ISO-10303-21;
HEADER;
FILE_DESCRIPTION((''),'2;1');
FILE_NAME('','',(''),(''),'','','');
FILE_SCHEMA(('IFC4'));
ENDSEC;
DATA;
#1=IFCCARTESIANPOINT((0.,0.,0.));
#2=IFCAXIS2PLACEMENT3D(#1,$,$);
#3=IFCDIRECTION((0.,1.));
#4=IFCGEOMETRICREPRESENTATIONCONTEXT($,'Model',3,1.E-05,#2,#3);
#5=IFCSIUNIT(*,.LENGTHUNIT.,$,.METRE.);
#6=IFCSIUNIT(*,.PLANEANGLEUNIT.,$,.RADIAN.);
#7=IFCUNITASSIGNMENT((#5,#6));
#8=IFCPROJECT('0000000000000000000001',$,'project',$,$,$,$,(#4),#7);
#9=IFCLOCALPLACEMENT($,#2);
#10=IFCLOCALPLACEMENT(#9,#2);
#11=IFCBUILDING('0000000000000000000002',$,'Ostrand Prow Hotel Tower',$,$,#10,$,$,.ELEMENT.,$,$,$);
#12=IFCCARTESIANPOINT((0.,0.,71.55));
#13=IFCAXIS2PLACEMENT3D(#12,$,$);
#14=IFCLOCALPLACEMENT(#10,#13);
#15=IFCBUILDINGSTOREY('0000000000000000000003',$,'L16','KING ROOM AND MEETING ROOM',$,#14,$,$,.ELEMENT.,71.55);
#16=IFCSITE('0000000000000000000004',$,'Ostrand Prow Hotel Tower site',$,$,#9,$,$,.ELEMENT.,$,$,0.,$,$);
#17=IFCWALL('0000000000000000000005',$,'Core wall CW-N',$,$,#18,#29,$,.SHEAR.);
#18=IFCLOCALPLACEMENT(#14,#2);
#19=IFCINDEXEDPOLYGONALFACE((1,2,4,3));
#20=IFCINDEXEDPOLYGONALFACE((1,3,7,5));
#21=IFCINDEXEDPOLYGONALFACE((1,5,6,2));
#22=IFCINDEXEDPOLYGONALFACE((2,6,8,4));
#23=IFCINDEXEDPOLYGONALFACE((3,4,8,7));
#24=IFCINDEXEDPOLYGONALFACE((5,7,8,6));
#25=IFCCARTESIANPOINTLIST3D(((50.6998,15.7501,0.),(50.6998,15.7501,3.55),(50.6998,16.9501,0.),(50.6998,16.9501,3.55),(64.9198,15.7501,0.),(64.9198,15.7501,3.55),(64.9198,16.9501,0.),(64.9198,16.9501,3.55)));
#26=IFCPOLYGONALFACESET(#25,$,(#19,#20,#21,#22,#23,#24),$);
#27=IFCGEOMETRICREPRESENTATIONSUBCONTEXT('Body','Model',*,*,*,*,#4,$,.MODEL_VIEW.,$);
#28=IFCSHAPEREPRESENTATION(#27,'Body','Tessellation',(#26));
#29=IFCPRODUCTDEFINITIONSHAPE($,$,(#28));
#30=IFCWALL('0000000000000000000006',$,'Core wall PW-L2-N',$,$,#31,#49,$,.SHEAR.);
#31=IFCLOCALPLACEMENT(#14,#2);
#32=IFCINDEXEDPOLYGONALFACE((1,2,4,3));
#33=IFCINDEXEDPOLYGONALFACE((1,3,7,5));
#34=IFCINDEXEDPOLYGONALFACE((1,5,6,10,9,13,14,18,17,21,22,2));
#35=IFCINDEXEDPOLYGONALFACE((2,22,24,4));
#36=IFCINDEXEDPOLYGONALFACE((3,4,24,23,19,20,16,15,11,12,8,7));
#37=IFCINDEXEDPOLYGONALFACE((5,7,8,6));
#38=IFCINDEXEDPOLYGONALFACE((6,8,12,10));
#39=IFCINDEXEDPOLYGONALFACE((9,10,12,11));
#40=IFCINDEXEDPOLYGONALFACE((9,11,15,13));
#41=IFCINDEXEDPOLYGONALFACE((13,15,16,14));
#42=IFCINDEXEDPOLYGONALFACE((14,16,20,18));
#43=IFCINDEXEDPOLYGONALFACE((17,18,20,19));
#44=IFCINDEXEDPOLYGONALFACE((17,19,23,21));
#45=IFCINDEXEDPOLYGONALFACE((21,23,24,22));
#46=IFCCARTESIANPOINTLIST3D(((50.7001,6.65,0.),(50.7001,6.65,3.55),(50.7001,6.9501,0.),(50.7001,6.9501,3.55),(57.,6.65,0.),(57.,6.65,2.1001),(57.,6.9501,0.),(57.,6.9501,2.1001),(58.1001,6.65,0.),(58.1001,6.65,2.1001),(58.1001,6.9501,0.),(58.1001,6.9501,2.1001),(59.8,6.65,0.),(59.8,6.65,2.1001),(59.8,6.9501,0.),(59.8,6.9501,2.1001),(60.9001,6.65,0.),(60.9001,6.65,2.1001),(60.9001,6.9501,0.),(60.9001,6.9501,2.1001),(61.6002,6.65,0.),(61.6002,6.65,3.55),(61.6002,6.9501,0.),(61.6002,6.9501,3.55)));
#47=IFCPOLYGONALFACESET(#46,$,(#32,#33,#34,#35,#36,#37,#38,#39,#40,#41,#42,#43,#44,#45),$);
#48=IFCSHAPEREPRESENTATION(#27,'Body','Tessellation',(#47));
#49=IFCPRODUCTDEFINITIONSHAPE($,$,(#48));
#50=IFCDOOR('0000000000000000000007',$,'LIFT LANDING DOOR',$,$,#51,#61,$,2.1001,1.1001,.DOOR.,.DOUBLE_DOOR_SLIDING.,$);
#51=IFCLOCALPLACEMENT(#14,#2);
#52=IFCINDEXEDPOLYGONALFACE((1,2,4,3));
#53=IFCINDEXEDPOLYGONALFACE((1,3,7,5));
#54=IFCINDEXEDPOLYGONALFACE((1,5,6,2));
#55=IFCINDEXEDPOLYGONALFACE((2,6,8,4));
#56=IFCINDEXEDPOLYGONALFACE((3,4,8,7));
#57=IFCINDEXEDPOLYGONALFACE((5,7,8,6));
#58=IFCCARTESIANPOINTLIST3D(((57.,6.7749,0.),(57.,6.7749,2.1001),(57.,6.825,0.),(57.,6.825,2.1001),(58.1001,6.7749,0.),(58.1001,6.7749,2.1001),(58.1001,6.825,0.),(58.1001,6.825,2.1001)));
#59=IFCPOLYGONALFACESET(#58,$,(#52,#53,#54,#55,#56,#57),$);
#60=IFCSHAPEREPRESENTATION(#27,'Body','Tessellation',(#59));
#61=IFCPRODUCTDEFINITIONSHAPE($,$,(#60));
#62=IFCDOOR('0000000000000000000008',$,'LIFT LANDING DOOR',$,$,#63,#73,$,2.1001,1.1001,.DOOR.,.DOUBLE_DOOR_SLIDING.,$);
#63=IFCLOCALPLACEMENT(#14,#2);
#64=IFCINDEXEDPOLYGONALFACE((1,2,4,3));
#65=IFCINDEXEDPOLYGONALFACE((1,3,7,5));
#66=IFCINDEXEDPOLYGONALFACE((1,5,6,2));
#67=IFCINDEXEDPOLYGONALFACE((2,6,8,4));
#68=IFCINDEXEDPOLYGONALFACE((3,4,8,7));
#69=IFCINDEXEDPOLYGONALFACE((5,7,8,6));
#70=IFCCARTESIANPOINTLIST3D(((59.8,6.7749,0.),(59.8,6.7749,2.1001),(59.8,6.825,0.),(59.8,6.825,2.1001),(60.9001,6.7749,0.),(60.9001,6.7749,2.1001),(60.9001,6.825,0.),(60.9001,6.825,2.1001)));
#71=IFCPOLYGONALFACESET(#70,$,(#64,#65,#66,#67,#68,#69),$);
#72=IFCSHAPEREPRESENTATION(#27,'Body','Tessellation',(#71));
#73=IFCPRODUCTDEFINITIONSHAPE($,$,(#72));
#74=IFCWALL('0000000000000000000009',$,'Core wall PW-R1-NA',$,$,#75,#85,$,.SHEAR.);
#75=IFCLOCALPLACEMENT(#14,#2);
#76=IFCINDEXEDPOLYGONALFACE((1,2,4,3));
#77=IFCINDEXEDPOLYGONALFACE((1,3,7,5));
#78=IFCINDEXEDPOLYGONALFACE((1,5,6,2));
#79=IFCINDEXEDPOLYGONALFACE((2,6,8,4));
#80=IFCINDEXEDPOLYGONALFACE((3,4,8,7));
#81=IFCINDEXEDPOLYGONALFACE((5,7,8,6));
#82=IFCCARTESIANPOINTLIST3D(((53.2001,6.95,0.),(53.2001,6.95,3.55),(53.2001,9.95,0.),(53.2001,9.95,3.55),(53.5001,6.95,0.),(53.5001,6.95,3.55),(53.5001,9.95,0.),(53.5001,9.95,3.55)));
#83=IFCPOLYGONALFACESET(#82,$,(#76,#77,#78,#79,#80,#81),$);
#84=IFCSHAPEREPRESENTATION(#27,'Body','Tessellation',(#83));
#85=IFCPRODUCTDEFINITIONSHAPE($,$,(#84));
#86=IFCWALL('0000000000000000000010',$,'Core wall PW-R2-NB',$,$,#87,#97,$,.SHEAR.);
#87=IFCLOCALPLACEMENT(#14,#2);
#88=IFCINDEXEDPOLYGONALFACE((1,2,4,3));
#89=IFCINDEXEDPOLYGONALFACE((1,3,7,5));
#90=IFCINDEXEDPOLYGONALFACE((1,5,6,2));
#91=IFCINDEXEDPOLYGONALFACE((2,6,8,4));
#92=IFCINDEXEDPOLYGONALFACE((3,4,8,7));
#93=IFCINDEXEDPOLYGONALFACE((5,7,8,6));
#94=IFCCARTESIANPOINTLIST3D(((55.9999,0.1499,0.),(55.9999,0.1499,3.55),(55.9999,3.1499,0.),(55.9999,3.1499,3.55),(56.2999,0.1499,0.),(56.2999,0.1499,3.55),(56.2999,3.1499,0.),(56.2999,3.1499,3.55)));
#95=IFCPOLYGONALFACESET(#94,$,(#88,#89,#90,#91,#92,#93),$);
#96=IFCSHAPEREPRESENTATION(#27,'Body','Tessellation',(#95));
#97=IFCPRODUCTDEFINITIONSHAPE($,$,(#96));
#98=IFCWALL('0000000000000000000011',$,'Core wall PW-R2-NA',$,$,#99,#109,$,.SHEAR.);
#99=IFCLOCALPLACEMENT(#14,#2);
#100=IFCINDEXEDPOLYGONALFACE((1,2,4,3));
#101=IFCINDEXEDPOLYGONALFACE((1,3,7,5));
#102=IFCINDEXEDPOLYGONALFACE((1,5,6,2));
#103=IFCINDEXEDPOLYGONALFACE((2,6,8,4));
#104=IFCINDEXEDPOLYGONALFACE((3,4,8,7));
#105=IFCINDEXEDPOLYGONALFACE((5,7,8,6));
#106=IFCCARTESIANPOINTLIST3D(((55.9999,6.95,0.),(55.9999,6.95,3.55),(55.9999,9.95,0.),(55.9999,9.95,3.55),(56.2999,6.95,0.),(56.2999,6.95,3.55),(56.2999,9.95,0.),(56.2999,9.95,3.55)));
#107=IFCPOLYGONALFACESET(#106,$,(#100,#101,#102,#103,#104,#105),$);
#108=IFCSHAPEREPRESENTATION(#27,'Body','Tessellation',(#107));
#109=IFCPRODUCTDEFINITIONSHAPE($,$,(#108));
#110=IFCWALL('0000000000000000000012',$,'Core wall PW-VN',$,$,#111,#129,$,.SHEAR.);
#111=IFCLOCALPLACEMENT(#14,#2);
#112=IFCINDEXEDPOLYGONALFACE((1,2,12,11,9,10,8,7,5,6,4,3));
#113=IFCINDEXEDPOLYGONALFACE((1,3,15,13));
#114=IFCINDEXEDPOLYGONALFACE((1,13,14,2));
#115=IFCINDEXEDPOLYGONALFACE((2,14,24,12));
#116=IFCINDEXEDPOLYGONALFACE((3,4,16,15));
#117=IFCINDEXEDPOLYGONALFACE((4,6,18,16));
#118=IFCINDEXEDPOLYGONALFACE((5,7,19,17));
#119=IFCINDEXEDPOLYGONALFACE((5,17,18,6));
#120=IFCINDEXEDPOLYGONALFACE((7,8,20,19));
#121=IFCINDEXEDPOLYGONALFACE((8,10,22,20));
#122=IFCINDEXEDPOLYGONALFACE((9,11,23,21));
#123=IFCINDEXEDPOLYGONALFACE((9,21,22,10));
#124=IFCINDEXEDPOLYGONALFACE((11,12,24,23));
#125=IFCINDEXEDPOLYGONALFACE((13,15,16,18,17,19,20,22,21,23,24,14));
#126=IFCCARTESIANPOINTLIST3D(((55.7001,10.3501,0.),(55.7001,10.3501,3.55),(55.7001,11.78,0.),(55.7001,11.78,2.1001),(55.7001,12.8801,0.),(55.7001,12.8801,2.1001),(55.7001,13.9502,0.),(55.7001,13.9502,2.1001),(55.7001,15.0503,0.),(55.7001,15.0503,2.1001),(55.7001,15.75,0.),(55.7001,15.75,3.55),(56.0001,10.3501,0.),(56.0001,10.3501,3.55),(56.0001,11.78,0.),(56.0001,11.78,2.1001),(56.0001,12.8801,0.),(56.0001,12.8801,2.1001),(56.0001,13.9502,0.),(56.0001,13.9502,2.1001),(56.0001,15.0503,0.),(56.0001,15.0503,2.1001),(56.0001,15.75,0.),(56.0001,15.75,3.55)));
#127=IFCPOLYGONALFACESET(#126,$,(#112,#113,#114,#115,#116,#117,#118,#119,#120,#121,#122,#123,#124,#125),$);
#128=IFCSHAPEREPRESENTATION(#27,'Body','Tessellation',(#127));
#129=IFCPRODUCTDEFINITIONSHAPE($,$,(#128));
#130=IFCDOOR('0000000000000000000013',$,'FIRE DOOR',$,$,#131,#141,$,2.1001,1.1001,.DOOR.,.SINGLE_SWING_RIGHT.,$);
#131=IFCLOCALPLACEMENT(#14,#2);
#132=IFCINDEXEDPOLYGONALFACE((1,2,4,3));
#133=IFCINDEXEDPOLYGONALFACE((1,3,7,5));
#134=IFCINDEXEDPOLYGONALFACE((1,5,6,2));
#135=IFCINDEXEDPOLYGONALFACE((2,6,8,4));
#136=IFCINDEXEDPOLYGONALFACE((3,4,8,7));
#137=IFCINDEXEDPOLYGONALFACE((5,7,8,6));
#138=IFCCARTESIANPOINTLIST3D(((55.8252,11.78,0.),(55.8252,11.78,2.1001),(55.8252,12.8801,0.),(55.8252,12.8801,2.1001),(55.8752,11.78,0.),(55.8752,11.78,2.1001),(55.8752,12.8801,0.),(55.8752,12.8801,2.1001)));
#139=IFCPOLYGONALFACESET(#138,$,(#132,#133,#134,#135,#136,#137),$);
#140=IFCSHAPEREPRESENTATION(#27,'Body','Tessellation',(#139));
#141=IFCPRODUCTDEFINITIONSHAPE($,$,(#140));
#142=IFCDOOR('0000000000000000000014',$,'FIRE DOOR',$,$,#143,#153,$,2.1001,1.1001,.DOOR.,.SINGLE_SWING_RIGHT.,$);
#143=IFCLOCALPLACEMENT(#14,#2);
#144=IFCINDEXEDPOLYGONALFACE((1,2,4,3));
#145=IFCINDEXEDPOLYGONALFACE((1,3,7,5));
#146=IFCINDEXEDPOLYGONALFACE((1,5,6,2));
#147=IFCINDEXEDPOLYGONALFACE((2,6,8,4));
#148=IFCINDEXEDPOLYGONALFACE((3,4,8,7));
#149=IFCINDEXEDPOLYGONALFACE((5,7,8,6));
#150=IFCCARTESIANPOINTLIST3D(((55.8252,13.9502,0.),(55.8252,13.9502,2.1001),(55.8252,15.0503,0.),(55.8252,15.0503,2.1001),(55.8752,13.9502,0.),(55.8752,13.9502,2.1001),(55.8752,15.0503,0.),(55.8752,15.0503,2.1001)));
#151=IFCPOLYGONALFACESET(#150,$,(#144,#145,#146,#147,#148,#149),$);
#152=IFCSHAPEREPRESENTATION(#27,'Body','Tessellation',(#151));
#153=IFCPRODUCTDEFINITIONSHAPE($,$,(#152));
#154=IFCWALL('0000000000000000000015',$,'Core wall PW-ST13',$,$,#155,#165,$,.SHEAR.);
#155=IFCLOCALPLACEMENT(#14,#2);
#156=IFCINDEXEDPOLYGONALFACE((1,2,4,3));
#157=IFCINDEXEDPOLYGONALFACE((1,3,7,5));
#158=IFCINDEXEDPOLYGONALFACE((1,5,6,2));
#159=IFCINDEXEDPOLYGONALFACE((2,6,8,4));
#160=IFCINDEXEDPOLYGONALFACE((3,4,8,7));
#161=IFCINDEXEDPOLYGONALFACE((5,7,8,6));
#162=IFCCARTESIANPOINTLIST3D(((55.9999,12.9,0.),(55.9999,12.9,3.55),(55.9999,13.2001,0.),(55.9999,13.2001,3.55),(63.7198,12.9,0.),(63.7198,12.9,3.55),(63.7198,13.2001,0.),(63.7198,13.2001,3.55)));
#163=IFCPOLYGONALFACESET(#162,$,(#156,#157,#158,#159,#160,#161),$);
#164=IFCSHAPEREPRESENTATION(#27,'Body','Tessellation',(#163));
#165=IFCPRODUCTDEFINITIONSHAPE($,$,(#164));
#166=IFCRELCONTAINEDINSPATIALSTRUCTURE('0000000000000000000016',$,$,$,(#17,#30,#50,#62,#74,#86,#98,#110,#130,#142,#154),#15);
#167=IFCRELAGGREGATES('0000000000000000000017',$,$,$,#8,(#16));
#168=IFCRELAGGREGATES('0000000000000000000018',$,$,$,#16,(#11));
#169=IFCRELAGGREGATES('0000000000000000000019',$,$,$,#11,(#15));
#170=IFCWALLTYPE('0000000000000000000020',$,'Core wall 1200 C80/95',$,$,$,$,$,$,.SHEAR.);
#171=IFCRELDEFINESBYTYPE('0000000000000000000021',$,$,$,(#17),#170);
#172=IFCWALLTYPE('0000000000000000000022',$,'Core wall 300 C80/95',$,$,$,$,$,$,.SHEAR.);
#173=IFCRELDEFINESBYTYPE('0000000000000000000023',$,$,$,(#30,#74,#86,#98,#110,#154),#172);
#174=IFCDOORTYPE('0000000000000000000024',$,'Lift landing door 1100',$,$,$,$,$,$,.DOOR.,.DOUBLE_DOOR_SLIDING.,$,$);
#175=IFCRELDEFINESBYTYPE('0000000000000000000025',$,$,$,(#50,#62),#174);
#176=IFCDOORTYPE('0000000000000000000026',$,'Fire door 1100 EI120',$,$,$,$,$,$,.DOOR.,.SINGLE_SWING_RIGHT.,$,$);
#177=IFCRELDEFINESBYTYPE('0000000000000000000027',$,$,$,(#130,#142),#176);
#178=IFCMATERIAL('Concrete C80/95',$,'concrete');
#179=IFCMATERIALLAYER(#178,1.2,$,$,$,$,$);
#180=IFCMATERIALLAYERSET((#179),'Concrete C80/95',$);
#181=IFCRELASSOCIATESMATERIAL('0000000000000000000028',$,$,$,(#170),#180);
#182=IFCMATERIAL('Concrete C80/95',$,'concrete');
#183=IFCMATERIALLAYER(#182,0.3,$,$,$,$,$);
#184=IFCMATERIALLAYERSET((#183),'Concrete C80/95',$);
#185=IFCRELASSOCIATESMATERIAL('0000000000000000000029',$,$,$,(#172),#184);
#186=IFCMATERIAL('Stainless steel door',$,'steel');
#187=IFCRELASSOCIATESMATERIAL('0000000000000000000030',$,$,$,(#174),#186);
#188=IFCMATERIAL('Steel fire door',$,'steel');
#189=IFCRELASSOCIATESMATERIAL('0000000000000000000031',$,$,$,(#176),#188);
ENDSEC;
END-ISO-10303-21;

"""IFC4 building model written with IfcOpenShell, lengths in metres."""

from ifc_helpers import new_model, si_unit, direction, frame, frame_2d, origin, place, context, subcontext, project, spatial, rectangle, extrude, material, layer, layer_set, type_object, element, fill, save


model = new_model("IFC4")

# Units and contexts
model_context = context("Model", 3, precision=1e-05, world=origin(), true_north=direction((0.0, 1.0)))
body_context = subcontext(model_context, "Body", "Model", "MODEL_VIEW")
ifc_project = project(units=[si_unit("LENGTHUNIT", "METRE"), si_unit("PLANEANGLEUNIT", "RADIAN")], contexts=[model_context])

# Site, building, storey
site_placement = place(None, origin())
site = spatial("IfcSite", under=ifc_project, at=site_placement, Name="Ostrand Prow Hotel Tower site", CompositionType="ELEMENT", RefElevation=0.0)
building_placement = place(site_placement, origin())
building = spatial("IfcBuilding", under=site, at=building_placement, Name="Ostrand Prow Hotel Tower", CompositionType="ELEMENT")
storey_placement = place(building_placement, frame((0.0, 0.0, 71.55)))
storey = spatial("IfcBuildingStorey", under=building, at=storey_placement, Name="L16", Description="KING ROOM AND MEETING ROOM", CompositionType="ELEMENT", Elevation=71.55)

# Wall
ifc_material_1 = material(Name="Concrete C80/95", Category="concrete")
ifc_layer_1 = layer(ifc_material_1, 1.2)
ifc_layer_set_1 = layer_set([ifc_layer_1], Name="Concrete C80/95")
wall_type_1 = type_object("IfcWallType", Name="Core wall 1200 C80/95", PredefinedType="SHEAR", material=ifc_layer_set_1)
wall_1_placement = place(storey_placement, frame((50.7, 16.3501, 0.0), z_axis=(0.0, 0.0, 1.0), x_axis=(1.0, 0.0, 0.0)))
element("IfcWall", 1, at=wall_1_placement, inside=storey, type_object=wall_type_1, Name="Core wall CW-N", PredefinedType="SHEAR", context=body_context, shape_type="SweptSolid", body=[
    extrude(rectangle(XDim=14.22, YDim=1.2, at=frame_2d((7.1099, 0.0))), origin(), (0.0, 0.0, 1.0), 3.55),
])

# Wall, openings, doors
ifc_material_2 = material(Name="Concrete C80/95", Category="concrete")
ifc_layer_2 = layer(ifc_material_2, 0.3)
ifc_layer_set_2 = layer_set([ifc_layer_2], Name="Concrete C80/95")
wall_type_2 = type_object("IfcWallType", Name="Core wall 300 C80/95", PredefinedType="SHEAR", material=ifc_layer_set_2)
wall_2_placement = place(storey_placement, frame((50.7, 6.8, 0.0), z_axis=(0.0, 0.0, 1.0), x_axis=(1.0, 0.0, 0.0)))
wall_2 = element("IfcWall", 2, at=wall_2_placement, inside=storey, type_object=wall_type_2, Name="Core wall PW-L2-N", PredefinedType="SHEAR", context=body_context, shape_type="SweptSolid", body=[
    extrude(rectangle(XDim=10.9001, YDim=0.3, at=frame_2d((5.4502, 0.0))), origin(), (0.0, 0.0, 1.0), 3.55),
])
opening_1_placement = place(wall_2_placement, frame((6.3, 0.0, 0.0)))
opening_1 = element("IfcOpeningElement", 3, at=opening_1_placement, cuts=wall_2, PredefinedType="OPENING", context=body_context, shape_type="SweptSolid", body=[
    extrude(rectangle(XDim=1.1001, YDim=2.1001, at=frame_2d((0.55, 1.05))), frame((0.0, 0.1599, 0.0), z_axis=(0.0, -1.0, 0.0), x_axis=(1.0, 0.0, 0.0)), (0.0, 0.0, 1.0), 0.3201),
])
opening_2_placement = place(wall_2_placement, frame((9.1001, 0.0, 0.0)))
opening_2 = element("IfcOpeningElement", 4, at=opening_2_placement, cuts=wall_2, PredefinedType="OPENING", context=body_context, shape_type="SweptSolid", body=[
    extrude(rectangle(XDim=1.1001, YDim=2.1001, at=frame_2d((0.55, 1.05))), frame((0.0, 0.1599, 0.0), z_axis=(0.0, -1.0, 0.0), x_axis=(1.0, 0.0, 0.0)), (0.0, 0.0, 1.0), 0.3201),
])
ifc_material_3 = material(Name="Stainless steel door", Category="steel")
door_type_1 = type_object("IfcDoorType", Name="Lift landing door 1100", OperationType="DOUBLE_DOOR_SLIDING", PredefinedType="DOOR", material=ifc_material_3)
door_1_placement = place(opening_1_placement, origin())
door_1 = element("IfcDoor", 5, at=door_1_placement, inside=storey, type_object=door_type_1, Name="LIFT LANDING DOOR", OperationType="DOUBLE_DOOR_SLIDING", OverallHeight=2.1001, OverallWidth=1.1001, PredefinedType="DOOR", context=body_context, shape_type="SweptSolid", body=[
    extrude(rectangle(XDim=1.1001, YDim=2.1001, at=frame_2d((0.55, 1.05))), frame((0.0, 0.0249, 0.0), z_axis=(0.0, -1.0, 0.0), x_axis=(1.0, 0.0, 0.0)), (0.0, 0.0, 1.0), 0.05),
])
fill(opening_1, door_1)
door_2_placement = place(opening_2_placement, origin())
door_2 = element("IfcDoor", 6, at=door_2_placement, inside=storey, type_object=door_type_1, Name="LIFT LANDING DOOR", OperationType="DOUBLE_DOOR_SLIDING", OverallHeight=2.1001, OverallWidth=1.1001, PredefinedType="DOOR", context=body_context, shape_type="SweptSolid", body=[
    extrude(rectangle(XDim=1.1001, YDim=2.1001, at=frame_2d((0.55, 1.05))), frame((0.0, 0.0249, 0.0), z_axis=(0.0, -1.0, 0.0), x_axis=(1.0, 0.0, 0.0)), (0.0, 0.0, 1.0), 0.05),
])
fill(opening_2, door_2)

# Walls
for number, where, z_axis, x_axis, name in (
    (7, (53.3501, 6.95, 0.0), (0.0, 0.0, 1.0), (0.0, 1.0, 0.0), "Core wall PW-R1-NA"),
    (8, (56.1499, 0.1499, 0.0), (0.0, 0.0, 1.0), (0.0, 1.0, 0.0), "Core wall PW-R2-NB"),
    (9, (56.1499, 6.95, 0.0), (0.0, 0.0, 1.0), (0.0, 1.0, 0.0), "Core wall PW-R2-NA"),
):
    element("IfcWall", number, at=place(storey_placement, frame(where, z_axis=z_axis, x_axis=x_axis)), inside=storey, type_object=wall_type_2, Name=name, PredefinedType="SHEAR", context=body_context, shape_type="SweptSolid", body=[
        extrude(rectangle(XDim=3.0, YDim=0.3, at=frame_2d((1.5, 0.0))), origin(), (0.0, 0.0, 1.0), 3.55),
    ])

# Wall, openings, doors
wall_3_placement = place(storey_placement, frame((55.8501, 10.3501, 0.0), z_axis=(0.0, 0.0, 1.0), x_axis=(0.0, 1.0, 0.0)))
wall_3 = element("IfcWall", 10, at=wall_3_placement, inside=storey, type_object=wall_type_2, Name="Core wall PW-VN", PredefinedType="SHEAR", context=body_context, shape_type="SweptSolid", body=[
    extrude(rectangle(XDim=5.3999, YDim=0.3, at=frame_2d((2.7, 0.0))), origin(), (0.0, 0.0, 1.0), 3.55),
])
opening_3_placement = place(wall_3_placement, frame((1.4299, 0.0, 0.0)))
opening_3 = element("IfcOpeningElement", 11, at=opening_3_placement, cuts=wall_3, PredefinedType="OPENING", context=body_context, shape_type="SweptSolid", body=[
    extrude(rectangle(XDim=1.1001, YDim=2.1001, at=frame_2d((0.55, 1.05))), frame((0.0, 0.1599, 0.0), z_axis=(0.0, -1.0, 0.0), x_axis=(1.0, 0.0, 0.0)), (0.0, 0.0, 1.0), 0.3201),
])
opening_4_placement = place(wall_3_placement, frame((3.6001, 0.0, 0.0)))
opening_4 = element("IfcOpeningElement", 12, at=opening_4_placement, cuts=wall_3, PredefinedType="OPENING", context=body_context, shape_type="SweptSolid", body=[
    extrude(rectangle(XDim=1.1001, YDim=2.1001, at=frame_2d((0.55, 1.05))), frame((0.0, 0.1599, 0.0), z_axis=(0.0, -1.0, 0.0), x_axis=(1.0, 0.0, 0.0)), (0.0, 0.0, 1.0), 0.3201),
])
ifc_material_4 = material(Name="Steel fire door", Category="steel")
door_type_2 = type_object("IfcDoorType", Name="Fire door 1100 EI120", OperationType="SINGLE_SWING_RIGHT", PredefinedType="DOOR", material=ifc_material_4)
door_3_placement = place(opening_3_placement, origin())
door_3 = element("IfcDoor", 13, at=door_3_placement, inside=storey, type_object=door_type_2, Name="FIRE DOOR", OperationType="SINGLE_SWING_RIGHT", OverallHeight=2.1001, OverallWidth=1.1001, PredefinedType="DOOR", context=body_context, shape_type="SweptSolid", body=[
    extrude(rectangle(XDim=1.1001, YDim=2.1001, at=frame_2d((0.55, 1.05))), frame((0.0, 0.0249, 0.0), z_axis=(0.0, -1.0, 0.0), x_axis=(1.0, 0.0, 0.0)), (0.0, 0.0, 1.0), 0.05),
])
fill(opening_3, door_3)
door_4_placement = place(opening_4_placement, origin())
door_4 = element("IfcDoor", 14, at=door_4_placement, inside=storey, type_object=door_type_2, Name="FIRE DOOR", OperationType="SINGLE_SWING_RIGHT", OverallHeight=2.1001, OverallWidth=1.1001, PredefinedType="DOOR", context=body_context, shape_type="SweptSolid", body=[
    extrude(rectangle(XDim=1.1001, YDim=2.1001, at=frame_2d((0.55, 1.05))), frame((0.0, 0.0249, 0.0), z_axis=(0.0, -1.0, 0.0), x_axis=(1.0, 0.0, 0.0)), (0.0, 0.0, 1.0), 0.05),
])
fill(opening_4, door_4)

# Wall
wall_4_placement = place(storey_placement, frame((56.0, 13.05, 0.0), z_axis=(0.0, 0.0, 1.0), x_axis=(1.0, 0.0, 0.0)))
element("IfcWall", 15, at=wall_4_placement, inside=storey, type_object=wall_type_2, Name="Core wall PW-ST13", PredefinedType="SHEAR", context=body_context, shape_type="SweptSolid", body=[
    extrude(rectangle(XDim=7.72, YDim=0.3, at=frame_2d((3.8599, 0.0))), origin(), (0.0, 0.0, 1.0), 3.55),
])

save(model, "model.ifc")
